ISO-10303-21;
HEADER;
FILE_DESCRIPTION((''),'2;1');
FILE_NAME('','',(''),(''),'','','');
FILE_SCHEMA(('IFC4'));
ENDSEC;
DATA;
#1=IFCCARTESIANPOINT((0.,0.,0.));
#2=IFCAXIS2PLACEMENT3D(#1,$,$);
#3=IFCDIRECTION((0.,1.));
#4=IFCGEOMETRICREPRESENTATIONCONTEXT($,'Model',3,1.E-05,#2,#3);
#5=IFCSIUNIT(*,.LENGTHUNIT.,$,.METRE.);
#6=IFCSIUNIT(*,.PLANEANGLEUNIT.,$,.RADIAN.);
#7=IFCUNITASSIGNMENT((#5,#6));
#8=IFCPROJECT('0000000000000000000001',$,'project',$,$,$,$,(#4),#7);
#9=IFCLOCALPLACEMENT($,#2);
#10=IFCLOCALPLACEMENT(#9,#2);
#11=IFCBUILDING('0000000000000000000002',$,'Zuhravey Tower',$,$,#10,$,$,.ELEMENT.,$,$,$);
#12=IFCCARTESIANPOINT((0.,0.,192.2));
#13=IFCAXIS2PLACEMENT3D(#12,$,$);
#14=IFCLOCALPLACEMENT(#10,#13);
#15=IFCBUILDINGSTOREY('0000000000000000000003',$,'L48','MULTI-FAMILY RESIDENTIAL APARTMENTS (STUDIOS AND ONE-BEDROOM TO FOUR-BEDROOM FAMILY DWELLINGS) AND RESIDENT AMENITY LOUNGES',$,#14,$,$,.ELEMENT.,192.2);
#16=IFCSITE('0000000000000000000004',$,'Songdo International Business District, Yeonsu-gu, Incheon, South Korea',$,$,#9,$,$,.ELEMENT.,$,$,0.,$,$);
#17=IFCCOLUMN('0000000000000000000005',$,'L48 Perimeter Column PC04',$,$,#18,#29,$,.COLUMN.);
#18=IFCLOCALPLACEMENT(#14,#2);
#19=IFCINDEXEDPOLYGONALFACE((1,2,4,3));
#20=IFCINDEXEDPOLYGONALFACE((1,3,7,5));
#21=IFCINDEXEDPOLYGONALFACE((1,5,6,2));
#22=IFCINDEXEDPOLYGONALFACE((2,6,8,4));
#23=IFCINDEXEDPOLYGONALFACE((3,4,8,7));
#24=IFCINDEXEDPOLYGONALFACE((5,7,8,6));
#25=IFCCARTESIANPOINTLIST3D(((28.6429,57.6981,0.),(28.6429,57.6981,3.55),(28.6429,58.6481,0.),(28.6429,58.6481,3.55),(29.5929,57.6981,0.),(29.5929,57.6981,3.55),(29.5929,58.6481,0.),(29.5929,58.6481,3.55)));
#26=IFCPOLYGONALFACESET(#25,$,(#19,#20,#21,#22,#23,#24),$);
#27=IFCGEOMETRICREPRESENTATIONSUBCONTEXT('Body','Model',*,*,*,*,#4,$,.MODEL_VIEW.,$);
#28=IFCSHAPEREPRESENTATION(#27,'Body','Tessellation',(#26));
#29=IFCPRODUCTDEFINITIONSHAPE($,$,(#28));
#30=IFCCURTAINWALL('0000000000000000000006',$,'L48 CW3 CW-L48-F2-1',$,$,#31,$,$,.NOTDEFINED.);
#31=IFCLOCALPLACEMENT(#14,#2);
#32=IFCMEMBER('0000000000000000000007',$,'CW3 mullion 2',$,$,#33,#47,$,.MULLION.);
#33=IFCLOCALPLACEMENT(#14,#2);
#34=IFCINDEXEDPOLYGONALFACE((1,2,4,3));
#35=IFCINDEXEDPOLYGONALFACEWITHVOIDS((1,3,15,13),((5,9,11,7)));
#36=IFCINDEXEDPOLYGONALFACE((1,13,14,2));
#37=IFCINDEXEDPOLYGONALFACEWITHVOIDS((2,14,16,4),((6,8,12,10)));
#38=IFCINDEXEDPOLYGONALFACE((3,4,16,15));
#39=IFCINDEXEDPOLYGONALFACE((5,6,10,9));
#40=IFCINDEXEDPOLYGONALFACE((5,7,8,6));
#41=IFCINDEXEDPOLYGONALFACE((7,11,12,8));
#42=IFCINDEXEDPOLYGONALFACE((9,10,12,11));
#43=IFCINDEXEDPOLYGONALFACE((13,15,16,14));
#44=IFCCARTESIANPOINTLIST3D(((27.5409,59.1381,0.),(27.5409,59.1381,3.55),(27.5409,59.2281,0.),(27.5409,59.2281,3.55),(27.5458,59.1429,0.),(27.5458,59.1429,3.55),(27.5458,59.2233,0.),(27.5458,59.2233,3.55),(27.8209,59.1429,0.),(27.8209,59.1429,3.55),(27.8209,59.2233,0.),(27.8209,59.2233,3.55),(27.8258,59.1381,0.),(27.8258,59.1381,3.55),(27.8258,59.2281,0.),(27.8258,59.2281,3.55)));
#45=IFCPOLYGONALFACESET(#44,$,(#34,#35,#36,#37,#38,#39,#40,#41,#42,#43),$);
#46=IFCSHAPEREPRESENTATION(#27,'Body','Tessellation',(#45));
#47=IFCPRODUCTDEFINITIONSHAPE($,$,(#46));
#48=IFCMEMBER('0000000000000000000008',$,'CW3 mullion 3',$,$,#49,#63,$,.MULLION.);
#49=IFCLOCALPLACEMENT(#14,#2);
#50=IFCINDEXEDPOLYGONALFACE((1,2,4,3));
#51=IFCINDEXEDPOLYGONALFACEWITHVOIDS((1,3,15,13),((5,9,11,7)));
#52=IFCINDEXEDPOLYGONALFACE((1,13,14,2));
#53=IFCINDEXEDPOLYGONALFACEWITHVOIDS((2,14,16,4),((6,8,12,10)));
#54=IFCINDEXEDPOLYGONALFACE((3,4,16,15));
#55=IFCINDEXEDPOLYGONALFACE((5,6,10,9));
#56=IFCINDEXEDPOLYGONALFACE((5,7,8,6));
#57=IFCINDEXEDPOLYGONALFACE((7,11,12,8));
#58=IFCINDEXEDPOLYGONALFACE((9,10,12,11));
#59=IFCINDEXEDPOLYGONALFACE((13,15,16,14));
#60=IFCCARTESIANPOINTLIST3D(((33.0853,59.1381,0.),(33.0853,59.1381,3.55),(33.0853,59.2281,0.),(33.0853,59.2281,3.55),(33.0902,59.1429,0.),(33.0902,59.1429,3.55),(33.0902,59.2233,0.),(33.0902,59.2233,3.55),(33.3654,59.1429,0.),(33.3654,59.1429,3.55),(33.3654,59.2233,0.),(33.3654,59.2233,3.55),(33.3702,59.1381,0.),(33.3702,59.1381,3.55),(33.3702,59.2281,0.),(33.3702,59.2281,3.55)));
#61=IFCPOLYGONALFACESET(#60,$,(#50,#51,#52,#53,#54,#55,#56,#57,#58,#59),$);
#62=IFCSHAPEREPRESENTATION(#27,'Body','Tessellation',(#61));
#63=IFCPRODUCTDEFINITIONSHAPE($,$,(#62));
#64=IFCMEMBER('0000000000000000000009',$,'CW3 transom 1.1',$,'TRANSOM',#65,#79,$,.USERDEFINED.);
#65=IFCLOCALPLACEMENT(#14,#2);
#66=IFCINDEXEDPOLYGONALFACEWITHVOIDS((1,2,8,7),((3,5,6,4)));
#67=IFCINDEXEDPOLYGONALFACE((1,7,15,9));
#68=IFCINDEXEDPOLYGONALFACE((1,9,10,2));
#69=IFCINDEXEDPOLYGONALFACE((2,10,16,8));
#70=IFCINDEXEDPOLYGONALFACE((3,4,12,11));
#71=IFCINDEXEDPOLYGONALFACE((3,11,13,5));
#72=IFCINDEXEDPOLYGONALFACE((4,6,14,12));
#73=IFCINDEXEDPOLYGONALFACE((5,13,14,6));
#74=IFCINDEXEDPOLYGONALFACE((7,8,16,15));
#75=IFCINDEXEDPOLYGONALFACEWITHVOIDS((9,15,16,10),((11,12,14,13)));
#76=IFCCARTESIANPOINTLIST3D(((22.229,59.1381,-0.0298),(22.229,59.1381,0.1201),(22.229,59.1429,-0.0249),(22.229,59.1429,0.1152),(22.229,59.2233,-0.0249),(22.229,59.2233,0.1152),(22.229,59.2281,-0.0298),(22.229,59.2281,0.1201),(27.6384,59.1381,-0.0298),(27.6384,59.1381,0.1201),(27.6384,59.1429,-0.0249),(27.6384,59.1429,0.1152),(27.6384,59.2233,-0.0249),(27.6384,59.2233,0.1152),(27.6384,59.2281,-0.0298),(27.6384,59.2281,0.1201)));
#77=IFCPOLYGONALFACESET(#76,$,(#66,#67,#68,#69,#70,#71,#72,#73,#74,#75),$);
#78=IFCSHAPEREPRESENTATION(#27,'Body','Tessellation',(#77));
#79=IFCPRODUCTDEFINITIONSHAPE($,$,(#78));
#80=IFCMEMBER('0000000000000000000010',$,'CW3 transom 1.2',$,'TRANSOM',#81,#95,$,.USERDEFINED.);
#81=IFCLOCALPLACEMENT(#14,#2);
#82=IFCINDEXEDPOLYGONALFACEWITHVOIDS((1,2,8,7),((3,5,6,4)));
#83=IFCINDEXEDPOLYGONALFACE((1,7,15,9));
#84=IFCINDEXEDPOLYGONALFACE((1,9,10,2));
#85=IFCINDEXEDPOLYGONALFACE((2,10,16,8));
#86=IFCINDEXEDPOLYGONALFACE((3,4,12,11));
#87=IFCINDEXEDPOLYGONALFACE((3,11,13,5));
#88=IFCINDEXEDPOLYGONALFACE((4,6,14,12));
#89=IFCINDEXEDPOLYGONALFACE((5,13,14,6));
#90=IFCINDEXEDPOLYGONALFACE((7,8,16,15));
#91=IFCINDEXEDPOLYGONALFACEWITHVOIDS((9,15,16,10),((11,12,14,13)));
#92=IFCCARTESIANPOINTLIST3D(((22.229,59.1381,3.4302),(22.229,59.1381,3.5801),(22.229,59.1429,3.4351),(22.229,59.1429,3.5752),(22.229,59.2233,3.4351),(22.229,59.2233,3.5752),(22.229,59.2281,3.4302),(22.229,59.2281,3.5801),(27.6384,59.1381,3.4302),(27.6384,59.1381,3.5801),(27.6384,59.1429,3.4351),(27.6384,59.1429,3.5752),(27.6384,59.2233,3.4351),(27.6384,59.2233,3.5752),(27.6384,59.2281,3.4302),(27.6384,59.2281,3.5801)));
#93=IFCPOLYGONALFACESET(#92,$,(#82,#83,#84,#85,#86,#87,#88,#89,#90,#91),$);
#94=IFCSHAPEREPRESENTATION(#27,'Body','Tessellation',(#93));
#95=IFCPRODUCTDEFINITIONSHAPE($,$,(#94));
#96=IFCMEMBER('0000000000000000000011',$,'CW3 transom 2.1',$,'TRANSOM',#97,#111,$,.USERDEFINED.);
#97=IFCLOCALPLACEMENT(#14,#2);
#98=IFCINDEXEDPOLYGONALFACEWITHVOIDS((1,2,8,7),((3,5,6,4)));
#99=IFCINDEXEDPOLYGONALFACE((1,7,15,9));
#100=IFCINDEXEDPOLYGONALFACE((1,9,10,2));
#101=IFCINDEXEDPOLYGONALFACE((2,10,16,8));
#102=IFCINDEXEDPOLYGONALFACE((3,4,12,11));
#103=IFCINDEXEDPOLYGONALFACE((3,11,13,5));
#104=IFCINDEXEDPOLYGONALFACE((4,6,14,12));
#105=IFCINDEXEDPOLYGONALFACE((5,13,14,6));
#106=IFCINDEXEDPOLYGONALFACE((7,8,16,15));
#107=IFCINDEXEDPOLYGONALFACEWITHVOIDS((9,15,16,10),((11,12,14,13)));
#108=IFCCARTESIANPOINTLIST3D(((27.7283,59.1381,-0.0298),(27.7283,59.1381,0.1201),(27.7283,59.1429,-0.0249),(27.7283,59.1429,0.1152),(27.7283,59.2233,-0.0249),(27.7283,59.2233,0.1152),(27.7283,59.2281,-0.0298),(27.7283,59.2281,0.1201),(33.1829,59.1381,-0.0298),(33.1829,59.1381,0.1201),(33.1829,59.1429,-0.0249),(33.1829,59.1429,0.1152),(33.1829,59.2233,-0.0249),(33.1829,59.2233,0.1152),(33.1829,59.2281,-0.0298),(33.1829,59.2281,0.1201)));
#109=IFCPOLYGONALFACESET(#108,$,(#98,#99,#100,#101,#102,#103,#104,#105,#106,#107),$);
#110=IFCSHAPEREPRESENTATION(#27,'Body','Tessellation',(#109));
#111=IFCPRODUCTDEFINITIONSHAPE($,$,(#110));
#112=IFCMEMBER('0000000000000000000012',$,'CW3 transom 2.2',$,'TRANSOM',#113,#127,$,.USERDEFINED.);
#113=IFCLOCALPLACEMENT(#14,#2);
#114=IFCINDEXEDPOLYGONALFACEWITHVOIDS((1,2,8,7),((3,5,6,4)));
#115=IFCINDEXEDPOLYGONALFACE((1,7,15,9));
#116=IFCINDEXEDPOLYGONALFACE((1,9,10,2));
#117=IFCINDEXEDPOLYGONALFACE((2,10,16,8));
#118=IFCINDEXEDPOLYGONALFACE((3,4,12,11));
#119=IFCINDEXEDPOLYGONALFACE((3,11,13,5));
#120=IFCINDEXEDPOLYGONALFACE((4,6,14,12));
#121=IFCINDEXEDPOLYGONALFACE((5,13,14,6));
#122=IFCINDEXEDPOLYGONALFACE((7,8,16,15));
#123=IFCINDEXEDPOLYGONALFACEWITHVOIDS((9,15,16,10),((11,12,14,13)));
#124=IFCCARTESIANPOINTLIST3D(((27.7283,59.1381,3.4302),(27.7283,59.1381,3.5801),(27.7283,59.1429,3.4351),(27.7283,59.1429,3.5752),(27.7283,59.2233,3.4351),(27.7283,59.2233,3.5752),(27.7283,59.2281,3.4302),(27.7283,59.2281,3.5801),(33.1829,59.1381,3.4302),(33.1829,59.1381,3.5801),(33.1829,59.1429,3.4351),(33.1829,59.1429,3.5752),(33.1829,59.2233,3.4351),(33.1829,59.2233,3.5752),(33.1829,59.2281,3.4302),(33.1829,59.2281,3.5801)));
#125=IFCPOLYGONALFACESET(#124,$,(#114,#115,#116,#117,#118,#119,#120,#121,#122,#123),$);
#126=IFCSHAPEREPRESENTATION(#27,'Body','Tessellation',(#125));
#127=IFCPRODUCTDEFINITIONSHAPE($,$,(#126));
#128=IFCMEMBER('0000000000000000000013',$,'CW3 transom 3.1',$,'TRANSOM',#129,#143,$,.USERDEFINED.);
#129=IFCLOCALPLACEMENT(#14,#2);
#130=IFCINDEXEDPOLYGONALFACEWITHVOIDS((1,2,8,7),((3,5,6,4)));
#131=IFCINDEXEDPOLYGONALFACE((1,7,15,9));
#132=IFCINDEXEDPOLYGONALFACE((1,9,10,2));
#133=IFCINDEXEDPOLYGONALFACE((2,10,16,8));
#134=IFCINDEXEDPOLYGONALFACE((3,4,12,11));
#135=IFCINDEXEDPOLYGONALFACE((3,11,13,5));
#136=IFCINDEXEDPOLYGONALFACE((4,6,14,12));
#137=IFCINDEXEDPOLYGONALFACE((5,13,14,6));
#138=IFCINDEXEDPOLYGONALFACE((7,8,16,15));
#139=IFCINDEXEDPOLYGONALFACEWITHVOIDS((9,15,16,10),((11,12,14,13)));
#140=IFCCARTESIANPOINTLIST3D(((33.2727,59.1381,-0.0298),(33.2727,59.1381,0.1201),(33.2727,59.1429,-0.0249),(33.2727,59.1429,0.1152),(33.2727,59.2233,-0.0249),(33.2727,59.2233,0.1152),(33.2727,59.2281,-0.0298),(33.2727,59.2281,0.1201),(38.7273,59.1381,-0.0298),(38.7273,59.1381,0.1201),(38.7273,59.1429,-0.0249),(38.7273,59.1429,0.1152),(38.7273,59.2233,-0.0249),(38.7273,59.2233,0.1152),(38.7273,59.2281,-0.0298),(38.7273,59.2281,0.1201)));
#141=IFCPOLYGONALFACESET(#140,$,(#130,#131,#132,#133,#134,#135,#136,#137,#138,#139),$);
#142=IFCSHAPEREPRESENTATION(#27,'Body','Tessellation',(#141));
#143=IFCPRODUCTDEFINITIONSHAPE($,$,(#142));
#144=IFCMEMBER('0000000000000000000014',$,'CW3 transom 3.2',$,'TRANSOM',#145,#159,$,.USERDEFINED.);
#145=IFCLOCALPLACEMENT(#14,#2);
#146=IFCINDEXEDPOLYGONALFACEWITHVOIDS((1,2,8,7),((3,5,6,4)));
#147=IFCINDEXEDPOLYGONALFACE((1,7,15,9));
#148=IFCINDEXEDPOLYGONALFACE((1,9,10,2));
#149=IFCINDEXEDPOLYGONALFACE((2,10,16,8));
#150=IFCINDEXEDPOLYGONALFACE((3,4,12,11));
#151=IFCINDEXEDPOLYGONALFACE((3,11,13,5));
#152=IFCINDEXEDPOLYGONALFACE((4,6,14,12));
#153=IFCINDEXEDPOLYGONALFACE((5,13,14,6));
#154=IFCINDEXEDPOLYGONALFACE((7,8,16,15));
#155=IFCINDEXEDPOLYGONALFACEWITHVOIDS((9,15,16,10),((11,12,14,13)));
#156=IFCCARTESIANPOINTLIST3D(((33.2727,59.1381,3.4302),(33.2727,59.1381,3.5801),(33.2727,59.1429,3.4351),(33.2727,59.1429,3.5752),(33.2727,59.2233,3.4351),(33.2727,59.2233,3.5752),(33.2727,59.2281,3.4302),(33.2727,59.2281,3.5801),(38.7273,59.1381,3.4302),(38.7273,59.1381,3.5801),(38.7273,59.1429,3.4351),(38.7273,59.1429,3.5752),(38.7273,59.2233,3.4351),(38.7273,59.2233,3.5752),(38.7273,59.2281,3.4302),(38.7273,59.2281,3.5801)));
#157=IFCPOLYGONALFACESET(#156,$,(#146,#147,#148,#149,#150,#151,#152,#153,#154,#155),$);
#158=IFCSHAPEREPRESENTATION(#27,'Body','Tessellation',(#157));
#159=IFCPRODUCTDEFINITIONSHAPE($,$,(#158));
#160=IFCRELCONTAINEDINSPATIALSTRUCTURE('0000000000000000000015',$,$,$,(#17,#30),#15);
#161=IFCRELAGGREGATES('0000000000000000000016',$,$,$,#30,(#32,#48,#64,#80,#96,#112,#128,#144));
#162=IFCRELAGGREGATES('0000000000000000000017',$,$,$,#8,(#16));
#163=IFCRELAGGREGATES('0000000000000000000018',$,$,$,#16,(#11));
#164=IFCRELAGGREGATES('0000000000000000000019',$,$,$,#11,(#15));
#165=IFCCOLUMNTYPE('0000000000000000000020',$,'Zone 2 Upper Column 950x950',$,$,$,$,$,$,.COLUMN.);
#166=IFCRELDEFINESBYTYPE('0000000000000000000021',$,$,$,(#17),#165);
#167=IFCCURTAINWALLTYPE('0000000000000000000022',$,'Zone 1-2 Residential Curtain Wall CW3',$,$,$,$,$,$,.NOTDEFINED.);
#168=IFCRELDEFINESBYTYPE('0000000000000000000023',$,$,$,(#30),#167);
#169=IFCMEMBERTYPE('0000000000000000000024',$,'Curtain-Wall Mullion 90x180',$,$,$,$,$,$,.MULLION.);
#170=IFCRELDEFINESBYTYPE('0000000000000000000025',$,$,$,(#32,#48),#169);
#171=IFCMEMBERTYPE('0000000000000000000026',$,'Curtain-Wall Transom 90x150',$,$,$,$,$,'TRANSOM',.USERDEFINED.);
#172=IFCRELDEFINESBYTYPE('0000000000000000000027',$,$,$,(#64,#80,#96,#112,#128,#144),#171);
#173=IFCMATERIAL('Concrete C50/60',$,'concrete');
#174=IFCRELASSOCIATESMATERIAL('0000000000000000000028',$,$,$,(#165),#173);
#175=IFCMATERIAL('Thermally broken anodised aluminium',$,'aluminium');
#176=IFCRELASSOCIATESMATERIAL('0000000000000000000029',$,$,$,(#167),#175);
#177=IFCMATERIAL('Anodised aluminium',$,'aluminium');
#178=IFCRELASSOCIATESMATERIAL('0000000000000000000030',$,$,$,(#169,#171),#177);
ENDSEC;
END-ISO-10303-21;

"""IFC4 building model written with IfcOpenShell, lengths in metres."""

from ifc_helpers import new_model, si_unit, direction, frame, origin, origin_2d, place, context, subcontext, project, spatial, rectangle, hollow_rectangle, extrude, material, material_profile, profile_set, type_object, element, aggregate, save


model = new_model("IFC4")

# Units and contexts
model_context = context("Model", 3, precision=1e-05, world=origin(), true_north=direction((0.0, 1.0)))
body_context = subcontext(model_context, "Body", "Model", "MODEL_VIEW")
ifc_project = project(units=[si_unit("LENGTHUNIT", "METRE"), si_unit("PLANEANGLEUNIT", "RADIAN")], contexts=[model_context])

# Site, building, storey
site_placement = place(None, origin())
site = spatial("IfcSite", under=ifc_project, at=site_placement, Name="Songdo International Business District, Yeonsu-gu, Incheon, South Korea", CompositionType="ELEMENT", RefElevation=0.0)
building_placement = place(site_placement, origin())
building = spatial("IfcBuilding", under=site, at=building_placement, Name="Zuhravey Tower", CompositionType="ELEMENT")
storey_placement = place(building_placement, frame((0.0, 0.0, 192.2)))
storey = spatial("IfcBuildingStorey", under=building, at=storey_placement, Name="L48", Description="MULTI-FAMILY RESIDENTIAL APARTMENTS (STUDIOS AND ONE-BEDROOM TO FOUR-BEDROOM FAMILY DWELLINGS) AND RESIDENT AMENITY LOUNGES", CompositionType="ELEMENT", Elevation=192.2)

# Column
ifc_material_1 = material(Name="Concrete C50/60", Category="concrete")
ifc_material_profile_1 = material_profile(ifc_material_1, rectangle(XDim=0.95, YDim=0.95, at=origin_2d()), Name="RC-950x950")
ifc_profile_set_1 = profile_set([ifc_material_profile_1], Name="Concrete C50/60")
column_type = type_object("IfcColumnType", Name="Zone 2 Upper Column 950x950", PredefinedType="COLUMN", material=ifc_profile_set_1)
column_placement = place(storey_placement, frame((29.1179, 58.1731, 0.0), z_axis=(0.0, 0.0, 1.0), x_axis=(-1.0, 0.0, 0.0)))
element("IfcColumn", 1, at=column_placement, inside=storey, type_object=column_type, Name="L48 Perimeter Column PC04", PredefinedType="COLUMN", context=body_context, shape_type="SweptSolid", body=[
    extrude(rectangle(XDim=0.95, YDim=0.95, at=origin_2d()), origin(), (0.0, 0.0, 1.0), 3.55),
])

# Curtain wall, members
ifc_material_2 = material(Name="Thermally broken anodised aluminium", Category="aluminium")
curtain_wall_type = type_object("IfcCurtainWallType", Name="Zone 1-2 Residential Curtain Wall CW3", PredefinedType="NOTDEFINED", material=ifc_material_2)
curtain_wall_placement = place(storey_placement, origin())
curtain_wall = element("IfcCurtainWall", 2, at=curtain_wall_placement, inside=storey, type_object=curtain_wall_type, Name="L48 CW3 CW-L48-F2-1", PredefinedType="NOTDEFINED")
ifc_material_3 = material(Name="Anodised aluminium", Category="aluminium")
ifc_material_profile_2 = material_profile(ifc_material_3, hollow_rectangle(XDim=0.0901, YDim=0.2849, WallThickness=0.0049, at=origin_2d()), Name="ALU-RHS-90x285x5")
ifc_profile_set_2 = profile_set([ifc_material_profile_2], Name="Anodised aluminium")
member_type_1 = type_object("IfcMemberType", Name="Curtain-Wall Mullion 90x180", PredefinedType="MULLION", material=ifc_profile_set_2)
member_1_placement = place(storey_placement, frame((27.6833, 59.1831, 0.0), z_axis=(0.0, 0.0, 1.0), x_axis=(0.0, 1.0, 0.0)))
member_1 = element("IfcMember", 3, at=member_1_placement, type_object=member_type_1, Name="CW3 mullion 2", PredefinedType="MULLION", context=body_context, shape_type="SweptSolid", body=[
    extrude(hollow_rectangle(XDim=0.0901, YDim=0.2849, WallThickness=0.0049, at=origin_2d()), origin(), (0.0, 0.0, 1.0), 3.55),
])
member_2_placement = place(storey_placement, frame((33.2278, 59.1831, 0.0), z_axis=(0.0, 0.0, 1.0), x_axis=(0.0, 1.0, 0.0)))
member_2 = element("IfcMember", 4, at=member_2_placement, type_object=member_type_1, Name="CW3 mullion 3", PredefinedType="MULLION", context=body_context, shape_type="SweptSolid", body=[
    extrude(hollow_rectangle(XDim=0.0901, YDim=0.2849, WallThickness=0.0049, at=origin_2d()), origin(), (0.0, 0.0, 1.0), 3.55),
])
ifc_material_profile_3 = material_profile(ifc_material_3, hollow_rectangle(XDim=0.0901, YDim=0.1499, WallThickness=0.0049, at=origin_2d()), Name="ALU-RHS-90x150x5")
ifc_profile_set_3 = profile_set([ifc_material_profile_3], Name="Anodised aluminium")
member_type_2 = type_object("IfcMemberType", Name="Curtain-Wall Transom 90x150", ElementType="TRANSOM", PredefinedType="USERDEFINED", material=ifc_profile_set_3)
member_3_placement = place(storey_placement, frame((22.229, 59.1831, 0.0452), z_axis=(1.0, 0.0, 0.0), x_axis=(0.0, 1.0, 0.0)))
member_3 = element("IfcMember", 5, at=member_3_placement, type_object=member_type_2, Name="CW3 transom 1.1", ObjectType="TRANSOM", PredefinedType="USERDEFINED", context=body_context, shape_type="SweptSolid", body=[
    extrude(hollow_rectangle(XDim=0.0901, YDim=0.1499, WallThickness=0.0049, at=origin_2d()), origin(), (0.0, 0.0, 1.0), 5.4094),
])
member_4_placement = place(storey_placement, frame((22.229, 59.1831, 3.5051), z_axis=(1.0, 0.0, 0.0), x_axis=(0.0, 1.0, 0.0)))
member_4 = element("IfcMember", 6, at=member_4_placement, type_object=member_type_2, Name="CW3 transom 1.2", ObjectType="TRANSOM", PredefinedType="USERDEFINED", context=body_context, shape_type="SweptSolid", body=[
    extrude(hollow_rectangle(XDim=0.0901, YDim=0.1499, WallThickness=0.0049, at=origin_2d()), origin(), (0.0, 0.0, 1.0), 5.4094),
])
member_5_placement = place(storey_placement, frame((27.7283, 59.1831, 0.0452), z_axis=(1.0, 0.0, 0.0), x_axis=(0.0, 1.0, 0.0)))
member_5 = element("IfcMember", 7, at=member_5_placement, type_object=member_type_2, Name="CW3 transom 2.1", ObjectType="TRANSOM", PredefinedType="USERDEFINED", context=body_context, shape_type="SweptSolid", body=[
    extrude(hollow_rectangle(XDim=0.0901, YDim=0.1499, WallThickness=0.0049, at=origin_2d()), origin(), (0.0, 0.0, 1.0), 5.4546),
])
member_6_placement = place(storey_placement, frame((27.7283, 59.1831, 3.5051), z_axis=(1.0, 0.0, 0.0), x_axis=(0.0, 1.0, 0.0)))
member_6 = element("IfcMember", 8, at=member_6_placement, type_object=member_type_2, Name="CW3 transom 2.2", ObjectType="TRANSOM", PredefinedType="USERDEFINED", context=body_context, shape_type="SweptSolid", body=[
    extrude(hollow_rectangle(XDim=0.0901, YDim=0.1499, WallThickness=0.0049, at=origin_2d()), origin(), (0.0, 0.0, 1.0), 5.4546),
])
member_7_placement = place(storey_placement, frame((33.2727, 59.1831, 0.0452), z_axis=(1.0, 0.0, 0.0), x_axis=(0.0, 1.0, 0.0)))
member_7 = element("IfcMember", 9, at=member_7_placement, type_object=member_type_2, Name="CW3 transom 3.1", ObjectType="TRANSOM", PredefinedType="USERDEFINED", context=body_context, shape_type="SweptSolid", body=[
    extrude(hollow_rectangle(XDim=0.0901, YDim=0.1499, WallThickness=0.0049, at=origin_2d()), origin(), (0.0, 0.0, 1.0), 5.4546),
])
member_8_placement = place(storey_placement, frame((33.2727, 59.1831, 3.5051), z_axis=(1.0, 0.0, 0.0), x_axis=(0.0, 1.0, 0.0)))
member_8 = element("IfcMember", 10, at=member_8_placement, type_object=member_type_2, Name="CW3 transom 3.2", ObjectType="TRANSOM", PredefinedType="USERDEFINED", context=body_context, shape_type="SweptSolid", body=[
    extrude(hollow_rectangle(XDim=0.0901, YDim=0.1499, WallThickness=0.0049, at=origin_2d()), origin(), (0.0, 0.0, 1.0), 5.4546),
])

aggregate(curtain_wall, [member_1, member_2, member_3, member_4, member_5, member_6, member_7, member_8])

save(model, "model.ifc")
